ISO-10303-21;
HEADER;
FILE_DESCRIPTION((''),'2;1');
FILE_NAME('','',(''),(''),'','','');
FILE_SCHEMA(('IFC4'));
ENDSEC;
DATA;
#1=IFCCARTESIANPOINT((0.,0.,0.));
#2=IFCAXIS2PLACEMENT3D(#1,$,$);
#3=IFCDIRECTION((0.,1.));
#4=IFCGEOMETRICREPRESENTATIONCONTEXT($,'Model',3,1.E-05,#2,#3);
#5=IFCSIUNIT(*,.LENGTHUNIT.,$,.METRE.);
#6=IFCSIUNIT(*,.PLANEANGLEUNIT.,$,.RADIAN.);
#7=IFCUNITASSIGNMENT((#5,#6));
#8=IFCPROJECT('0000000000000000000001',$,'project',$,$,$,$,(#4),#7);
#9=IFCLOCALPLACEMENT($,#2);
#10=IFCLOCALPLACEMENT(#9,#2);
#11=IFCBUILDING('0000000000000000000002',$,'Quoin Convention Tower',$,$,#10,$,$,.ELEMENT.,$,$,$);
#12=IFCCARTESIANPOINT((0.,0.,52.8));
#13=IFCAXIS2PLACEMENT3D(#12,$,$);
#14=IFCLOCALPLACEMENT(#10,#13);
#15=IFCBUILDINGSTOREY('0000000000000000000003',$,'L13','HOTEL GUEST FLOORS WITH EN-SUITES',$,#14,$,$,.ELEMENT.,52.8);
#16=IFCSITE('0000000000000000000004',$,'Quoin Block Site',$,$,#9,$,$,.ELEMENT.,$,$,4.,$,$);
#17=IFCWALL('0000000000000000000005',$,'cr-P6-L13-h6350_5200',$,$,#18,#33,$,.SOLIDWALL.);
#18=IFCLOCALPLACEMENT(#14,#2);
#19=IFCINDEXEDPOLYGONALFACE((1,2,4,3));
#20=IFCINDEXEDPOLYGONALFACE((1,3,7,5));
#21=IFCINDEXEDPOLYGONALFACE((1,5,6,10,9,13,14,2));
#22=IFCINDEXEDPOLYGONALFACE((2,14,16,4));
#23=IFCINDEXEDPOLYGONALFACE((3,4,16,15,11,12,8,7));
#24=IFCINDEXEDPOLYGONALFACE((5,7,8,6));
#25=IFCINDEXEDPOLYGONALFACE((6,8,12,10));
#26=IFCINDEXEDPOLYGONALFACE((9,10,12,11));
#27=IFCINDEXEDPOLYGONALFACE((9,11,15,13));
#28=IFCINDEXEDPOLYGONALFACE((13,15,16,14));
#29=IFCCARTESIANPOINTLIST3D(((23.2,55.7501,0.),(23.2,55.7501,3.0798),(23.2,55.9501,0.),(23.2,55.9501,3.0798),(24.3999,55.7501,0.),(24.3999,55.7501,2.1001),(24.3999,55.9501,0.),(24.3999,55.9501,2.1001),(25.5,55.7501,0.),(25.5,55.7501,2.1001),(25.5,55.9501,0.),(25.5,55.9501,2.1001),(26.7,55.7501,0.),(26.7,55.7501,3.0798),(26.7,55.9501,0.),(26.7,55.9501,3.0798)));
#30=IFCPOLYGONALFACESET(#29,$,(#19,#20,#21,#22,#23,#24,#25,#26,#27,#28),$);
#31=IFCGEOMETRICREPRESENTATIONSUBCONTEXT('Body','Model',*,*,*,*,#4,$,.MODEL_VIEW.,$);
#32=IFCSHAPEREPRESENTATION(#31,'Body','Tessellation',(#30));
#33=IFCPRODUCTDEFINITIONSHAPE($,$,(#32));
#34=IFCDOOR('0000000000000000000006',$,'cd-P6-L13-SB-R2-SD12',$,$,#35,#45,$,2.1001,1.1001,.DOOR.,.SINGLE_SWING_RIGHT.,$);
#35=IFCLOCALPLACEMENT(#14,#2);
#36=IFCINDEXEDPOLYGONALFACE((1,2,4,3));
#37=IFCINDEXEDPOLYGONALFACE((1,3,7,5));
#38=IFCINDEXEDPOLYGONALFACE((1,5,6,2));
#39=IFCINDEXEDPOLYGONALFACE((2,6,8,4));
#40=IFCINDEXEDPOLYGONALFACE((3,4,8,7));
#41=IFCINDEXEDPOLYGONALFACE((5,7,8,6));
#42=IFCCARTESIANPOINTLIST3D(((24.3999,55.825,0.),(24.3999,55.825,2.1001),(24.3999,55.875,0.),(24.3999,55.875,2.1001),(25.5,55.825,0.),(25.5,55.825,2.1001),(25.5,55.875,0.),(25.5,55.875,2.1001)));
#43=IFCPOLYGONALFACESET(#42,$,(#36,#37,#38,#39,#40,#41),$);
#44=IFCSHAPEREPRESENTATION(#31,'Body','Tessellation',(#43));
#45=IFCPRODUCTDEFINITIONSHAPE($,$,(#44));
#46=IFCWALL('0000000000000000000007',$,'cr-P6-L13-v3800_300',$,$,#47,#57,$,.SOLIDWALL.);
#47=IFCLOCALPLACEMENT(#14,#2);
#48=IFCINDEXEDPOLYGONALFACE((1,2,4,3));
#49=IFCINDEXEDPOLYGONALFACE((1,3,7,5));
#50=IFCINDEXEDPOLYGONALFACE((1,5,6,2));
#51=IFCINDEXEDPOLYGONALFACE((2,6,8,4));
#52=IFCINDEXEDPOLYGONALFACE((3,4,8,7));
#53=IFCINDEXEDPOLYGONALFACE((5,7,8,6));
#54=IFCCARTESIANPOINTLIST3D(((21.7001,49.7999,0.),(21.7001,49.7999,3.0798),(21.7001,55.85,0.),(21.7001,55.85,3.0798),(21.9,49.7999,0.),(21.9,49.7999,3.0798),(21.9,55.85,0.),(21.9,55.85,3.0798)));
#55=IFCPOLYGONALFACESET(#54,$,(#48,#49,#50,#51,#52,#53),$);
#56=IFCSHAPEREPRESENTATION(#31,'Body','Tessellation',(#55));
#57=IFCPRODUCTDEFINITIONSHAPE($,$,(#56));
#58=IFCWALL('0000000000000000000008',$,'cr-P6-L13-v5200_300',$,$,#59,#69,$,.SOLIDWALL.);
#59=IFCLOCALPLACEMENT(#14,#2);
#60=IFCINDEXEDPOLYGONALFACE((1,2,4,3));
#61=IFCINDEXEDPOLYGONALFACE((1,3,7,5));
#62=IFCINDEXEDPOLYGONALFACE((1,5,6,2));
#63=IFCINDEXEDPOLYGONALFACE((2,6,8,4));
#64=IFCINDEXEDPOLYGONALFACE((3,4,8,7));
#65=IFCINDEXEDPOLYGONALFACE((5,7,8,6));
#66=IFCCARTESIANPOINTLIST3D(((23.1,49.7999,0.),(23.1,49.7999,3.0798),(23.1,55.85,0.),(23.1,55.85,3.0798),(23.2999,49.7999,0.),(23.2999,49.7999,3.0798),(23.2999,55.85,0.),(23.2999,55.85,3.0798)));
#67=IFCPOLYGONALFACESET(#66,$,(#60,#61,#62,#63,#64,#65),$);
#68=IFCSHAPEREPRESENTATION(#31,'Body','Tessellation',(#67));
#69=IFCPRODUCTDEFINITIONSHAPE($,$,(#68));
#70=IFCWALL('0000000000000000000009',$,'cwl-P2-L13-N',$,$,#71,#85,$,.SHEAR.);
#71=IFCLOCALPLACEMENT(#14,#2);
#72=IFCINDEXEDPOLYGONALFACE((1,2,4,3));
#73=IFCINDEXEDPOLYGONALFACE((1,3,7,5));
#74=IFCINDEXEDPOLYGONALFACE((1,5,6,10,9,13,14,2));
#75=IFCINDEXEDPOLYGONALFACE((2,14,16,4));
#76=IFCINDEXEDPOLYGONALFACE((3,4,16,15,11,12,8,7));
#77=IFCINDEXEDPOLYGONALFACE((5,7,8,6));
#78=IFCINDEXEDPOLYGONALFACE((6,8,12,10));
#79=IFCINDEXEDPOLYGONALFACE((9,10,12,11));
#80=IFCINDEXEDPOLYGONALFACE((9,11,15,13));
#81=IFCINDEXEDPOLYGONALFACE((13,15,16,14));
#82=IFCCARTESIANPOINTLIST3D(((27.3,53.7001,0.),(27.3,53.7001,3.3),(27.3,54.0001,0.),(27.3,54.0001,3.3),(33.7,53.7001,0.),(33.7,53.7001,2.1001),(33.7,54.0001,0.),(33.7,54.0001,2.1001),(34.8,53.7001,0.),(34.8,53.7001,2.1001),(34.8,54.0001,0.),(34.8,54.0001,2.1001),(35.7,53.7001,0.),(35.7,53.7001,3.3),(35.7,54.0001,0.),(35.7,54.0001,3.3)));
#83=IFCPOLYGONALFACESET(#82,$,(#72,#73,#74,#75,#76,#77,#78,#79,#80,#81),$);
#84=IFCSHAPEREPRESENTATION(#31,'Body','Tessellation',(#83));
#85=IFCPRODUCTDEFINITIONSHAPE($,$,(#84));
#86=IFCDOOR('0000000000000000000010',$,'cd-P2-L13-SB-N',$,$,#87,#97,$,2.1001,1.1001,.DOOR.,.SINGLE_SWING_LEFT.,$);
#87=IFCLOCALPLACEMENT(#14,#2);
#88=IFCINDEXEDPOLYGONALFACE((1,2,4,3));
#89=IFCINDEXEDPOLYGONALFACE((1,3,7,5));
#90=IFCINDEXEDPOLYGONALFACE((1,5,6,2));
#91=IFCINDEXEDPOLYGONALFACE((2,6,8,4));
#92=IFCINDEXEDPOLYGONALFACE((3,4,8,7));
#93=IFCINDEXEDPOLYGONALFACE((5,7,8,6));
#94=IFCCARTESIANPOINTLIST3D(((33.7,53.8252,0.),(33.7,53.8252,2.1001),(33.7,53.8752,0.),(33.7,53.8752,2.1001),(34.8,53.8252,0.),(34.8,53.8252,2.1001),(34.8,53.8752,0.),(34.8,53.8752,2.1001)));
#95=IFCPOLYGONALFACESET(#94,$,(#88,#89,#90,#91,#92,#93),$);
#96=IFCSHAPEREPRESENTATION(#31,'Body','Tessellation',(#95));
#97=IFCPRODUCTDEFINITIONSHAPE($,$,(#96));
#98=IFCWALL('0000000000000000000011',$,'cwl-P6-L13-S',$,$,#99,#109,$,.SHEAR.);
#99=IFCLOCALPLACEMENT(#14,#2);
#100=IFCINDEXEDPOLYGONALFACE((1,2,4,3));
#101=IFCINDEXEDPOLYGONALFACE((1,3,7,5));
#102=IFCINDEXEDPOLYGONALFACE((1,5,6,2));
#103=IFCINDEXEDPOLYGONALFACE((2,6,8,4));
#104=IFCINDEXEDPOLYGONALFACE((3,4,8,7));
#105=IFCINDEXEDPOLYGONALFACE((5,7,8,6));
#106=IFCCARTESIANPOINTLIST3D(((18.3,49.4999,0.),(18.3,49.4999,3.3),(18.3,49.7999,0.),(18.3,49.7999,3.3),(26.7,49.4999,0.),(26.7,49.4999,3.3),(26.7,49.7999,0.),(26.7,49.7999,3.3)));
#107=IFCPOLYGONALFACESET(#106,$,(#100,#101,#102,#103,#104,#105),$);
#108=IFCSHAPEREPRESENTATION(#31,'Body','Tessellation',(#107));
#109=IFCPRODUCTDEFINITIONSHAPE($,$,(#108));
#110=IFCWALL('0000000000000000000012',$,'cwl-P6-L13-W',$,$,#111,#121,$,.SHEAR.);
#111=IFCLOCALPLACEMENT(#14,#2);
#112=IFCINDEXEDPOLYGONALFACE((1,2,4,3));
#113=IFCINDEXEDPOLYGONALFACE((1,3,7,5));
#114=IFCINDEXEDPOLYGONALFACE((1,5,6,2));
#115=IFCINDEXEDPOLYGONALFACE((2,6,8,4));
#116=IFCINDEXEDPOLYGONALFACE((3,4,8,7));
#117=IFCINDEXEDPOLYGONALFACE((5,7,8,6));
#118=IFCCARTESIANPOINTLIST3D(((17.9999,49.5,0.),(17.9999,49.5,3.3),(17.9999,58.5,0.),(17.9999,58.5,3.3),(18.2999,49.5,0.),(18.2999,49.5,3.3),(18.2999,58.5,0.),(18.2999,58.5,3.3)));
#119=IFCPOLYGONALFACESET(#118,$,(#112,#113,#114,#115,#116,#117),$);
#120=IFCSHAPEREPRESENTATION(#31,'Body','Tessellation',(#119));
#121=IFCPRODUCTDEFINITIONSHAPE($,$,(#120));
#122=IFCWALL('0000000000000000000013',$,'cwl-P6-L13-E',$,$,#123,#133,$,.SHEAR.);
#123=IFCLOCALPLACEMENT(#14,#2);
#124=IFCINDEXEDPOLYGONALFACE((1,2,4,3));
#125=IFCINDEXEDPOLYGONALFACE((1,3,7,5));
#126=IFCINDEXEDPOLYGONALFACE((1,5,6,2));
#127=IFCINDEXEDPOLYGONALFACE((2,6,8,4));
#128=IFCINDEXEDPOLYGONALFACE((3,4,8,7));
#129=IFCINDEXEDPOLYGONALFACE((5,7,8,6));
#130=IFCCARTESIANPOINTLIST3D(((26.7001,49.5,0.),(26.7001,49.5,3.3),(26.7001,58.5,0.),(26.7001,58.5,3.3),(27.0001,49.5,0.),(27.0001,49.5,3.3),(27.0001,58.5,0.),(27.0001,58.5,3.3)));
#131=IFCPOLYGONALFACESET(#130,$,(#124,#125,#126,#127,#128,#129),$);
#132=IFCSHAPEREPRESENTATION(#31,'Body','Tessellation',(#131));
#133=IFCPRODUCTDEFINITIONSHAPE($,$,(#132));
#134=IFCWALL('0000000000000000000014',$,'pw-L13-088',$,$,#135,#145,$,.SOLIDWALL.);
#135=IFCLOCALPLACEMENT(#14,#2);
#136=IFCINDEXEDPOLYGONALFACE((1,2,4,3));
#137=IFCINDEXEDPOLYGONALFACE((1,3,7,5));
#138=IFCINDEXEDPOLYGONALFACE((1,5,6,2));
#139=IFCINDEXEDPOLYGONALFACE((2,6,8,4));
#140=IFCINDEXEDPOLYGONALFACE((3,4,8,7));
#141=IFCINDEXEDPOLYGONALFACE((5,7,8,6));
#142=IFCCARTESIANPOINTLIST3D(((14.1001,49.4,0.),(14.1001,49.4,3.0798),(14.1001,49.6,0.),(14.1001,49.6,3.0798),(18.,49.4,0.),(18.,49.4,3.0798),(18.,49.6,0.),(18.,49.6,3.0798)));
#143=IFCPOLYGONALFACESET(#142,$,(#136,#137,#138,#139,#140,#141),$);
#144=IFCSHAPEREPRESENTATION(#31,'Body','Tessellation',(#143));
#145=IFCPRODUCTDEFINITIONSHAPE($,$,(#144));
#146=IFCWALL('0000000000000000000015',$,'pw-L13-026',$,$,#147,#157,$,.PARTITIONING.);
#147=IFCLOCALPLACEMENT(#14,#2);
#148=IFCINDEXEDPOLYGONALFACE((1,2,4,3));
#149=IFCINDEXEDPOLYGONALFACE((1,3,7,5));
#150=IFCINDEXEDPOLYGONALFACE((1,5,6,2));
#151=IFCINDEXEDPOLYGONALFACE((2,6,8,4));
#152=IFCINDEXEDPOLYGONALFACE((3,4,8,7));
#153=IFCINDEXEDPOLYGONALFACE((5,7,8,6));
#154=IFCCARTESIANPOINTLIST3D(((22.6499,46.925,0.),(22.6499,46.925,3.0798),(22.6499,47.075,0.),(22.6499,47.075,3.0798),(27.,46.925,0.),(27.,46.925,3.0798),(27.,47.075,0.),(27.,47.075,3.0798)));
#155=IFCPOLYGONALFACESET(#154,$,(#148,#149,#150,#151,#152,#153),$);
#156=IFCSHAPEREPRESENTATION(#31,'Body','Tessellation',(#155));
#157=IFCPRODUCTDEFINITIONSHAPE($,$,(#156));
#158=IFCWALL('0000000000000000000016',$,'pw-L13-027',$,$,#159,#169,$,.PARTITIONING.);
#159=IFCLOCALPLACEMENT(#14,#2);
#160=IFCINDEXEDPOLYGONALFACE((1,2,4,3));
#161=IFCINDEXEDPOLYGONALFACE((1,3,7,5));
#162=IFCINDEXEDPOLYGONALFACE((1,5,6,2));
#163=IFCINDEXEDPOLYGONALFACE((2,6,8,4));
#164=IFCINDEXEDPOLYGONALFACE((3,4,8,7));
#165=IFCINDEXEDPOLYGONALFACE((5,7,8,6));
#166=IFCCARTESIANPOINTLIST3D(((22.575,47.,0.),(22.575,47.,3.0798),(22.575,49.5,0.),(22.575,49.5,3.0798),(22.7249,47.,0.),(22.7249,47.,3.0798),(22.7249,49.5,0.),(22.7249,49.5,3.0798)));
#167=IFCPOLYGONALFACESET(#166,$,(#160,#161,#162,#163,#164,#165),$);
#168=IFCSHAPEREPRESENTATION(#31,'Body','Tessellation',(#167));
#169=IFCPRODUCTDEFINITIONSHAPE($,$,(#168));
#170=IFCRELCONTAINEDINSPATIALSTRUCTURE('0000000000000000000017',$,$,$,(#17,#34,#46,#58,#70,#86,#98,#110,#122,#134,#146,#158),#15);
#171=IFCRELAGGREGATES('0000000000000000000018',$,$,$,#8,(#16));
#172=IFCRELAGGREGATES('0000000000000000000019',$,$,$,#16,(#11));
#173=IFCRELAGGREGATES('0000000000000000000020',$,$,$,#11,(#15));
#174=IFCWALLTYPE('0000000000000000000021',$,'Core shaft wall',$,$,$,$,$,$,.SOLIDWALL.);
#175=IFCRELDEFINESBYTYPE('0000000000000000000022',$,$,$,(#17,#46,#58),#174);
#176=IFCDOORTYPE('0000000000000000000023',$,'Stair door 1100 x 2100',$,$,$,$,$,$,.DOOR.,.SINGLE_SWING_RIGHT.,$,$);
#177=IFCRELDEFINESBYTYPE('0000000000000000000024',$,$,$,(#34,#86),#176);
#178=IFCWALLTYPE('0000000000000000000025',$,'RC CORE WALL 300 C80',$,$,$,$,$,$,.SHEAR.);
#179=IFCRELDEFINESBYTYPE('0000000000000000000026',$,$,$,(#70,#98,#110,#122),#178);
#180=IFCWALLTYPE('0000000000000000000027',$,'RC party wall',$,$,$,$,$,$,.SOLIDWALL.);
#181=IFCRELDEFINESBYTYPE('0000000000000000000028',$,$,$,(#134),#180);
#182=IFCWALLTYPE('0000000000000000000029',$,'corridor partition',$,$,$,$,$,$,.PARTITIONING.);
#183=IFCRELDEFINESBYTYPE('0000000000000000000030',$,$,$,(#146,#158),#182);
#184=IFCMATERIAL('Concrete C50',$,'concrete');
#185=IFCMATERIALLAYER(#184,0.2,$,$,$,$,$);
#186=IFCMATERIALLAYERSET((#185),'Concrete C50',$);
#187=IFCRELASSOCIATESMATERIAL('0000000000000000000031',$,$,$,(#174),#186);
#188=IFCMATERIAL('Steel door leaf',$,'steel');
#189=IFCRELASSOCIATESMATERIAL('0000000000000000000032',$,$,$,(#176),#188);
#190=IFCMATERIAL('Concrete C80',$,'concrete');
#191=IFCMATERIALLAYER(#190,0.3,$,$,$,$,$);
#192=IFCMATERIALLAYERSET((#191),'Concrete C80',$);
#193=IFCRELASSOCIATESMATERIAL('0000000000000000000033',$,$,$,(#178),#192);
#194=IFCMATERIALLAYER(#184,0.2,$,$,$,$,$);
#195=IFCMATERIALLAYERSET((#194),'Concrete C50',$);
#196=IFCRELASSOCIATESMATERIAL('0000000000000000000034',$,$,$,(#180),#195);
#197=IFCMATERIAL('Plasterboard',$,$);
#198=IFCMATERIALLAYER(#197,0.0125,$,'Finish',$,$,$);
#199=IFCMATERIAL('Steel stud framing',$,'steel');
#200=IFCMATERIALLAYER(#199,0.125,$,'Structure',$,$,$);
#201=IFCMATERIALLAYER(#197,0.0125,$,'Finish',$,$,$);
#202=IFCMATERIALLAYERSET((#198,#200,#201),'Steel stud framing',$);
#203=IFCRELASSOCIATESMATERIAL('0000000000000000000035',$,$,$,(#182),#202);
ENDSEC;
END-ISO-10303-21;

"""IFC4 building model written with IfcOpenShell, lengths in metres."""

from ifc_helpers import new_model, si_unit, direction, frame, frame_2d, origin, place, context, subcontext, project, spatial, rectangle, extrude, material, layer, layer_set, type_object, element, fill, save


model = new_model("IFC4")

# Units and contexts
model_context = context("Model", 3, precision=1e-05, world=origin(), true_north=direction((0.0, 1.0)))
body_context = subcontext(model_context, "Body", "Model", "MODEL_VIEW")
ifc_project = project(units=[si_unit("LENGTHUNIT", "METRE"), si_unit("PLANEANGLEUNIT", "RADIAN")], contexts=[model_context])

# Site, building, storey
site_placement = place(None, origin())
site = spatial("IfcSite", under=ifc_project, at=site_placement, Name="Quoin Block Site", CompositionType="ELEMENT", RefElevation=4.0)
building_placement = place(site_placement, origin())
building = spatial("IfcBuilding", under=site, at=building_placement, Name="Quoin Convention Tower", CompositionType="ELEMENT")
storey_placement = place(building_placement, frame((0.0, 0.0, 52.8)))
storey = spatial("IfcBuildingStorey", under=building, at=storey_placement, Name="L13", Description="HOTEL GUEST FLOORS WITH EN-SUITES", CompositionType="ELEMENT", Elevation=52.8)

# Shared definitions
ifc_material_1 = material(Name="Concrete C80", Category="concrete")

# Shared definitions
ifc_material_2 = material(Name="Concrete C50", Category="concrete")
ifc_layer_1 = layer(ifc_material_2, 0.2)
ifc_layer_set_1 = layer_set([ifc_layer_1], Name="Concrete C50")
wall_type_1 = type_object("IfcWallType", Name="Core shaft wall", PredefinedType="SOLIDWALL", material=ifc_layer_set_1)

# Wall, opening, door
ifc_material_3 = material(Name="Steel door leaf", Category="steel")
door_type_1 = type_object("IfcDoorType", Name="Stair door 1100 x 2100", OperationType="SINGLE_SWING_RIGHT", PredefinedType="DOOR", material=ifc_material_3)
wall_1_placement = place(storey_placement, frame((23.2, 55.8501, 0.0), z_axis=(0.0, 0.0, 1.0), x_axis=(1.0, 0.0, 0.0)))
wall_1 = element("IfcWall", 1, at=wall_1_placement, inside=storey, type_object=wall_type_1, Name="cr-P6-L13-h6350_5200", PredefinedType="SOLIDWALL", context=body_context, shape_type="SweptSolid", body=[
    extrude(rectangle(XDim=3.5, YDim=0.2, at=frame_2d((1.75, 0.0))), origin(), (0.0, 0.0, 1.0), 3.0798),
])
opening_1_placement = place(wall_1_placement, frame((1.2, 0.0, 0.0)))
opening_1 = element("IfcOpeningElement", 2, at=opening_1_placement, cuts=wall_1, PredefinedType="OPENING", context=body_context, shape_type="SweptSolid", body=[
    extrude(rectangle(XDim=1.1001, YDim=2.1001, at=frame_2d((0.55, 1.05))), frame((0.0, 0.1099, 0.0), z_axis=(0.0, -1.0, 0.0), x_axis=(1.0, 0.0, 0.0)), (0.0, 0.0, 1.0), 0.22),
])
door_1_placement = place(opening_1_placement, origin())
door_1 = element("IfcDoor", 3, at=door_1_placement, inside=storey, type_object=door_type_1, Name="cd-P6-L13-SB-R2-SD12", OperationType="SINGLE_SWING_RIGHT", OverallHeight=2.1001, OverallWidth=1.1001, PredefinedType="DOOR", context=body_context, shape_type="SweptSolid", body=[
    extrude(rectangle(XDim=1.1001, YDim=2.1001, at=frame_2d((0.55, 1.05))), frame((0.0, 0.0249, 0.0), z_axis=(0.0, -1.0, 0.0), x_axis=(1.0, 0.0, 0.0)), (0.0, 0.0, 1.0), 0.05),
])
fill(opening_1, door_1)

# Walls
for number, where, z_axis, x_axis, name in (
    (4, (21.8, 49.8, 0.0), (0.0, 0.0, 1.0), (0.0, 1.0, 0.0), "cr-P6-L13-v3800_300"),
    (5, (23.2, 49.8, 0.0), (0.0, 0.0, 1.0), (0.0, 1.0, 0.0), "cr-P6-L13-v5200_300"),
):
    element("IfcWall", number, at=place(storey_placement, frame(where, z_axis=z_axis, x_axis=x_axis)), inside=storey, type_object=wall_type_1, Name=name, PredefinedType="SOLIDWALL", context=body_context, shape_type="SweptSolid", body=[
        extrude(rectangle(XDim=6.05, YDim=0.2, at=frame_2d((3.0249, 0.0))), origin(), (0.0, 0.0, 1.0), 3.0798),
    ])

# Wall, opening, door
ifc_layer_2 = layer(ifc_material_1, 0.3)
ifc_layer_set_2 = layer_set([ifc_layer_2], Name="Concrete C80")
wall_type_2 = type_object("IfcWallType", Name="RC CORE WALL 300 C80", PredefinedType="SHEAR", material=ifc_layer_set_2)
wall_2_placement = place(storey_placement, frame((27.3, 53.8501, 0.0), z_axis=(0.0, 0.0, 1.0), x_axis=(1.0, 0.0, 0.0)))
wall_2 = element("IfcWall", 6, at=wall_2_placement, inside=storey, type_object=wall_type_2, Name="cwl-P2-L13-N", PredefinedType="SHEAR", context=body_context, shape_type="SweptSolid", body=[
    extrude(rectangle(XDim=8.3999, YDim=0.3, at=frame_2d((4.2, 0.0))), origin(), (0.0, 0.0, 1.0), 3.3),
])
opening_2_placement = place(wall_2_placement, frame((6.3999, 0.0, 0.0)))
opening_2 = element("IfcOpeningElement", 7, at=opening_2_placement, cuts=wall_2, PredefinedType="OPENING", context=body_context, shape_type="SweptSolid", body=[
    extrude(rectangle(XDim=1.1001, YDim=2.1001, at=frame_2d((0.55, 1.05))), frame((0.0, 0.1599, 0.0), z_axis=(0.0, -1.0, 0.0), x_axis=(1.0, 0.0, 0.0)), (0.0, 0.0, 1.0), 0.3201),
])
door_2_placement = place(opening_2_placement, frame((1.1001, 0.0, 0.0), z_axis=(0.0, 0.0, 1.0), x_axis=(-1.0, 0.0, 0.0)))
door_2 = element("IfcDoor", 8, at=door_2_placement, inside=storey, type_object=door_type_1, Name="cd-P2-L13-SB-N", OperationType="SINGLE_SWING_LEFT", OverallHeight=2.1001, OverallWidth=1.1001, PredefinedType="DOOR", context=body_context, shape_type="SweptSolid", body=[
    extrude(rectangle(XDim=1.1001, YDim=2.1001, at=frame_2d((0.55, 1.05))), frame((0.0, 0.0249, 0.0), z_axis=(0.0, -1.0, 0.0), x_axis=(1.0, 0.0, 0.0)), (0.0, 0.0, 1.0), 0.05),
])
fill(opening_2, door_2)

# Walls
wall_3_placement = place(storey_placement, frame((18.3, 49.6499, 0.0), z_axis=(0.0, 0.0, 1.0), x_axis=(1.0, 0.0, 0.0)))
element("IfcWall", 9, at=wall_3_placement, inside=storey, type_object=wall_type_2, Name="cwl-P6-L13-S", PredefinedType="SHEAR", context=body_context, shape_type="SweptSolid", body=[
    extrude(rectangle(XDim=8.3999, YDim=0.3, at=frame_2d((4.2, 0.0))), origin(), (0.0, 0.0, 1.0), 3.3),
])
for number, where, z_axis, x_axis, name in (
    (10, (18.1499, 49.5, 0.0), (0.0, 0.0, 1.0), (0.0, 1.0, 0.0), "cwl-P6-L13-W"),
    (11, (26.8501, 49.5, 0.0), (0.0, 0.0, 1.0), (0.0, 1.0, 0.0), "cwl-P6-L13-E"),
):
    element("IfcWall", number, at=place(storey_placement, frame(where, z_axis=z_axis, x_axis=x_axis)), inside=storey, type_object=wall_type_2, Name=name, PredefinedType="SHEAR", context=body_context, shape_type="SweptSolid", body=[
        extrude(rectangle(XDim=9.0, YDim=0.3, at=frame_2d((4.5, 0.0))), origin(), (0.0, 0.0, 1.0), 3.3),
    ])
ifc_layer_3 = layer(ifc_material_2, 0.2)
ifc_layer_set_3 = layer_set([ifc_layer_3], Name="Concrete C50")
wall_type_3 = type_object("IfcWallType", Name="RC party wall", PredefinedType="SOLIDWALL", material=ifc_layer_set_3)
wall_4_placement = place(storey_placement, frame((14.1001, 49.5, 0.0), z_axis=(0.0, 0.0, 1.0), x_axis=(1.0, 0.0, 0.0)))
element("IfcWall", 12, at=wall_4_placement, inside=storey, type_object=wall_type_3, Name="pw-L13-088", PredefinedType="SOLIDWALL", context=body_context, shape_type="SweptSolid", body=[
    extrude(rectangle(XDim=3.8999, YDim=0.2, at=frame_2d((1.95, 0.0))), origin(), (0.0, 0.0, 1.0), 3.0798),
])
ifc_material_4 = material(Name="Plasterboard")
ifc_layer_4 = layer(ifc_material_4, 0.0125, Name="Finish")
ifc_material_5 = material(Name="Steel stud framing", Category="steel")
ifc_layer_5 = layer(ifc_material_5, 0.125, Name="Structure")
ifc_layer_6 = layer(ifc_material_4, 0.0125, Name="Finish")
ifc_layer_set_4 = layer_set([ifc_layer_4, ifc_layer_5, ifc_layer_6], Name="Steel stud framing")
wall_type_4 = type_object("IfcWallType", Name="corridor partition", PredefinedType="PARTITIONING", material=ifc_layer_set_4)
wall_5_placement = place(storey_placement, frame((22.6499, 47.0, 0.0), z_axis=(0.0, 0.0, 1.0), x_axis=(1.0, 0.0, 0.0)))
element("IfcWall", 13, at=wall_5_placement, inside=storey, type_object=wall_type_4, Name="pw-L13-026", PredefinedType="PARTITIONING", context=body_context, shape_type="SweptSolid", body=[
    extrude(rectangle(XDim=4.3501, YDim=0.1499, at=frame_2d((2.175, 0.0))), origin(), (0.0, 0.0, 1.0), 3.0798),
])
wall_6_placement = place(storey_placement, frame((22.6499, 47.0, 0.0), z_axis=(0.0, 0.0, 1.0), x_axis=(0.0, 1.0, 0.0)))
element("IfcWall", 14, at=wall_6_placement, inside=storey, type_object=wall_type_4, Name="pw-L13-027", PredefinedType="PARTITIONING", context=body_context, shape_type="SweptSolid", body=[
    extrude(rectangle(XDim=2.5, YDim=0.1499, at=frame_2d((1.25, 0.0))), origin(), (0.0, 0.0, 1.0), 3.0798),
])

save(model, "model.ifc")
